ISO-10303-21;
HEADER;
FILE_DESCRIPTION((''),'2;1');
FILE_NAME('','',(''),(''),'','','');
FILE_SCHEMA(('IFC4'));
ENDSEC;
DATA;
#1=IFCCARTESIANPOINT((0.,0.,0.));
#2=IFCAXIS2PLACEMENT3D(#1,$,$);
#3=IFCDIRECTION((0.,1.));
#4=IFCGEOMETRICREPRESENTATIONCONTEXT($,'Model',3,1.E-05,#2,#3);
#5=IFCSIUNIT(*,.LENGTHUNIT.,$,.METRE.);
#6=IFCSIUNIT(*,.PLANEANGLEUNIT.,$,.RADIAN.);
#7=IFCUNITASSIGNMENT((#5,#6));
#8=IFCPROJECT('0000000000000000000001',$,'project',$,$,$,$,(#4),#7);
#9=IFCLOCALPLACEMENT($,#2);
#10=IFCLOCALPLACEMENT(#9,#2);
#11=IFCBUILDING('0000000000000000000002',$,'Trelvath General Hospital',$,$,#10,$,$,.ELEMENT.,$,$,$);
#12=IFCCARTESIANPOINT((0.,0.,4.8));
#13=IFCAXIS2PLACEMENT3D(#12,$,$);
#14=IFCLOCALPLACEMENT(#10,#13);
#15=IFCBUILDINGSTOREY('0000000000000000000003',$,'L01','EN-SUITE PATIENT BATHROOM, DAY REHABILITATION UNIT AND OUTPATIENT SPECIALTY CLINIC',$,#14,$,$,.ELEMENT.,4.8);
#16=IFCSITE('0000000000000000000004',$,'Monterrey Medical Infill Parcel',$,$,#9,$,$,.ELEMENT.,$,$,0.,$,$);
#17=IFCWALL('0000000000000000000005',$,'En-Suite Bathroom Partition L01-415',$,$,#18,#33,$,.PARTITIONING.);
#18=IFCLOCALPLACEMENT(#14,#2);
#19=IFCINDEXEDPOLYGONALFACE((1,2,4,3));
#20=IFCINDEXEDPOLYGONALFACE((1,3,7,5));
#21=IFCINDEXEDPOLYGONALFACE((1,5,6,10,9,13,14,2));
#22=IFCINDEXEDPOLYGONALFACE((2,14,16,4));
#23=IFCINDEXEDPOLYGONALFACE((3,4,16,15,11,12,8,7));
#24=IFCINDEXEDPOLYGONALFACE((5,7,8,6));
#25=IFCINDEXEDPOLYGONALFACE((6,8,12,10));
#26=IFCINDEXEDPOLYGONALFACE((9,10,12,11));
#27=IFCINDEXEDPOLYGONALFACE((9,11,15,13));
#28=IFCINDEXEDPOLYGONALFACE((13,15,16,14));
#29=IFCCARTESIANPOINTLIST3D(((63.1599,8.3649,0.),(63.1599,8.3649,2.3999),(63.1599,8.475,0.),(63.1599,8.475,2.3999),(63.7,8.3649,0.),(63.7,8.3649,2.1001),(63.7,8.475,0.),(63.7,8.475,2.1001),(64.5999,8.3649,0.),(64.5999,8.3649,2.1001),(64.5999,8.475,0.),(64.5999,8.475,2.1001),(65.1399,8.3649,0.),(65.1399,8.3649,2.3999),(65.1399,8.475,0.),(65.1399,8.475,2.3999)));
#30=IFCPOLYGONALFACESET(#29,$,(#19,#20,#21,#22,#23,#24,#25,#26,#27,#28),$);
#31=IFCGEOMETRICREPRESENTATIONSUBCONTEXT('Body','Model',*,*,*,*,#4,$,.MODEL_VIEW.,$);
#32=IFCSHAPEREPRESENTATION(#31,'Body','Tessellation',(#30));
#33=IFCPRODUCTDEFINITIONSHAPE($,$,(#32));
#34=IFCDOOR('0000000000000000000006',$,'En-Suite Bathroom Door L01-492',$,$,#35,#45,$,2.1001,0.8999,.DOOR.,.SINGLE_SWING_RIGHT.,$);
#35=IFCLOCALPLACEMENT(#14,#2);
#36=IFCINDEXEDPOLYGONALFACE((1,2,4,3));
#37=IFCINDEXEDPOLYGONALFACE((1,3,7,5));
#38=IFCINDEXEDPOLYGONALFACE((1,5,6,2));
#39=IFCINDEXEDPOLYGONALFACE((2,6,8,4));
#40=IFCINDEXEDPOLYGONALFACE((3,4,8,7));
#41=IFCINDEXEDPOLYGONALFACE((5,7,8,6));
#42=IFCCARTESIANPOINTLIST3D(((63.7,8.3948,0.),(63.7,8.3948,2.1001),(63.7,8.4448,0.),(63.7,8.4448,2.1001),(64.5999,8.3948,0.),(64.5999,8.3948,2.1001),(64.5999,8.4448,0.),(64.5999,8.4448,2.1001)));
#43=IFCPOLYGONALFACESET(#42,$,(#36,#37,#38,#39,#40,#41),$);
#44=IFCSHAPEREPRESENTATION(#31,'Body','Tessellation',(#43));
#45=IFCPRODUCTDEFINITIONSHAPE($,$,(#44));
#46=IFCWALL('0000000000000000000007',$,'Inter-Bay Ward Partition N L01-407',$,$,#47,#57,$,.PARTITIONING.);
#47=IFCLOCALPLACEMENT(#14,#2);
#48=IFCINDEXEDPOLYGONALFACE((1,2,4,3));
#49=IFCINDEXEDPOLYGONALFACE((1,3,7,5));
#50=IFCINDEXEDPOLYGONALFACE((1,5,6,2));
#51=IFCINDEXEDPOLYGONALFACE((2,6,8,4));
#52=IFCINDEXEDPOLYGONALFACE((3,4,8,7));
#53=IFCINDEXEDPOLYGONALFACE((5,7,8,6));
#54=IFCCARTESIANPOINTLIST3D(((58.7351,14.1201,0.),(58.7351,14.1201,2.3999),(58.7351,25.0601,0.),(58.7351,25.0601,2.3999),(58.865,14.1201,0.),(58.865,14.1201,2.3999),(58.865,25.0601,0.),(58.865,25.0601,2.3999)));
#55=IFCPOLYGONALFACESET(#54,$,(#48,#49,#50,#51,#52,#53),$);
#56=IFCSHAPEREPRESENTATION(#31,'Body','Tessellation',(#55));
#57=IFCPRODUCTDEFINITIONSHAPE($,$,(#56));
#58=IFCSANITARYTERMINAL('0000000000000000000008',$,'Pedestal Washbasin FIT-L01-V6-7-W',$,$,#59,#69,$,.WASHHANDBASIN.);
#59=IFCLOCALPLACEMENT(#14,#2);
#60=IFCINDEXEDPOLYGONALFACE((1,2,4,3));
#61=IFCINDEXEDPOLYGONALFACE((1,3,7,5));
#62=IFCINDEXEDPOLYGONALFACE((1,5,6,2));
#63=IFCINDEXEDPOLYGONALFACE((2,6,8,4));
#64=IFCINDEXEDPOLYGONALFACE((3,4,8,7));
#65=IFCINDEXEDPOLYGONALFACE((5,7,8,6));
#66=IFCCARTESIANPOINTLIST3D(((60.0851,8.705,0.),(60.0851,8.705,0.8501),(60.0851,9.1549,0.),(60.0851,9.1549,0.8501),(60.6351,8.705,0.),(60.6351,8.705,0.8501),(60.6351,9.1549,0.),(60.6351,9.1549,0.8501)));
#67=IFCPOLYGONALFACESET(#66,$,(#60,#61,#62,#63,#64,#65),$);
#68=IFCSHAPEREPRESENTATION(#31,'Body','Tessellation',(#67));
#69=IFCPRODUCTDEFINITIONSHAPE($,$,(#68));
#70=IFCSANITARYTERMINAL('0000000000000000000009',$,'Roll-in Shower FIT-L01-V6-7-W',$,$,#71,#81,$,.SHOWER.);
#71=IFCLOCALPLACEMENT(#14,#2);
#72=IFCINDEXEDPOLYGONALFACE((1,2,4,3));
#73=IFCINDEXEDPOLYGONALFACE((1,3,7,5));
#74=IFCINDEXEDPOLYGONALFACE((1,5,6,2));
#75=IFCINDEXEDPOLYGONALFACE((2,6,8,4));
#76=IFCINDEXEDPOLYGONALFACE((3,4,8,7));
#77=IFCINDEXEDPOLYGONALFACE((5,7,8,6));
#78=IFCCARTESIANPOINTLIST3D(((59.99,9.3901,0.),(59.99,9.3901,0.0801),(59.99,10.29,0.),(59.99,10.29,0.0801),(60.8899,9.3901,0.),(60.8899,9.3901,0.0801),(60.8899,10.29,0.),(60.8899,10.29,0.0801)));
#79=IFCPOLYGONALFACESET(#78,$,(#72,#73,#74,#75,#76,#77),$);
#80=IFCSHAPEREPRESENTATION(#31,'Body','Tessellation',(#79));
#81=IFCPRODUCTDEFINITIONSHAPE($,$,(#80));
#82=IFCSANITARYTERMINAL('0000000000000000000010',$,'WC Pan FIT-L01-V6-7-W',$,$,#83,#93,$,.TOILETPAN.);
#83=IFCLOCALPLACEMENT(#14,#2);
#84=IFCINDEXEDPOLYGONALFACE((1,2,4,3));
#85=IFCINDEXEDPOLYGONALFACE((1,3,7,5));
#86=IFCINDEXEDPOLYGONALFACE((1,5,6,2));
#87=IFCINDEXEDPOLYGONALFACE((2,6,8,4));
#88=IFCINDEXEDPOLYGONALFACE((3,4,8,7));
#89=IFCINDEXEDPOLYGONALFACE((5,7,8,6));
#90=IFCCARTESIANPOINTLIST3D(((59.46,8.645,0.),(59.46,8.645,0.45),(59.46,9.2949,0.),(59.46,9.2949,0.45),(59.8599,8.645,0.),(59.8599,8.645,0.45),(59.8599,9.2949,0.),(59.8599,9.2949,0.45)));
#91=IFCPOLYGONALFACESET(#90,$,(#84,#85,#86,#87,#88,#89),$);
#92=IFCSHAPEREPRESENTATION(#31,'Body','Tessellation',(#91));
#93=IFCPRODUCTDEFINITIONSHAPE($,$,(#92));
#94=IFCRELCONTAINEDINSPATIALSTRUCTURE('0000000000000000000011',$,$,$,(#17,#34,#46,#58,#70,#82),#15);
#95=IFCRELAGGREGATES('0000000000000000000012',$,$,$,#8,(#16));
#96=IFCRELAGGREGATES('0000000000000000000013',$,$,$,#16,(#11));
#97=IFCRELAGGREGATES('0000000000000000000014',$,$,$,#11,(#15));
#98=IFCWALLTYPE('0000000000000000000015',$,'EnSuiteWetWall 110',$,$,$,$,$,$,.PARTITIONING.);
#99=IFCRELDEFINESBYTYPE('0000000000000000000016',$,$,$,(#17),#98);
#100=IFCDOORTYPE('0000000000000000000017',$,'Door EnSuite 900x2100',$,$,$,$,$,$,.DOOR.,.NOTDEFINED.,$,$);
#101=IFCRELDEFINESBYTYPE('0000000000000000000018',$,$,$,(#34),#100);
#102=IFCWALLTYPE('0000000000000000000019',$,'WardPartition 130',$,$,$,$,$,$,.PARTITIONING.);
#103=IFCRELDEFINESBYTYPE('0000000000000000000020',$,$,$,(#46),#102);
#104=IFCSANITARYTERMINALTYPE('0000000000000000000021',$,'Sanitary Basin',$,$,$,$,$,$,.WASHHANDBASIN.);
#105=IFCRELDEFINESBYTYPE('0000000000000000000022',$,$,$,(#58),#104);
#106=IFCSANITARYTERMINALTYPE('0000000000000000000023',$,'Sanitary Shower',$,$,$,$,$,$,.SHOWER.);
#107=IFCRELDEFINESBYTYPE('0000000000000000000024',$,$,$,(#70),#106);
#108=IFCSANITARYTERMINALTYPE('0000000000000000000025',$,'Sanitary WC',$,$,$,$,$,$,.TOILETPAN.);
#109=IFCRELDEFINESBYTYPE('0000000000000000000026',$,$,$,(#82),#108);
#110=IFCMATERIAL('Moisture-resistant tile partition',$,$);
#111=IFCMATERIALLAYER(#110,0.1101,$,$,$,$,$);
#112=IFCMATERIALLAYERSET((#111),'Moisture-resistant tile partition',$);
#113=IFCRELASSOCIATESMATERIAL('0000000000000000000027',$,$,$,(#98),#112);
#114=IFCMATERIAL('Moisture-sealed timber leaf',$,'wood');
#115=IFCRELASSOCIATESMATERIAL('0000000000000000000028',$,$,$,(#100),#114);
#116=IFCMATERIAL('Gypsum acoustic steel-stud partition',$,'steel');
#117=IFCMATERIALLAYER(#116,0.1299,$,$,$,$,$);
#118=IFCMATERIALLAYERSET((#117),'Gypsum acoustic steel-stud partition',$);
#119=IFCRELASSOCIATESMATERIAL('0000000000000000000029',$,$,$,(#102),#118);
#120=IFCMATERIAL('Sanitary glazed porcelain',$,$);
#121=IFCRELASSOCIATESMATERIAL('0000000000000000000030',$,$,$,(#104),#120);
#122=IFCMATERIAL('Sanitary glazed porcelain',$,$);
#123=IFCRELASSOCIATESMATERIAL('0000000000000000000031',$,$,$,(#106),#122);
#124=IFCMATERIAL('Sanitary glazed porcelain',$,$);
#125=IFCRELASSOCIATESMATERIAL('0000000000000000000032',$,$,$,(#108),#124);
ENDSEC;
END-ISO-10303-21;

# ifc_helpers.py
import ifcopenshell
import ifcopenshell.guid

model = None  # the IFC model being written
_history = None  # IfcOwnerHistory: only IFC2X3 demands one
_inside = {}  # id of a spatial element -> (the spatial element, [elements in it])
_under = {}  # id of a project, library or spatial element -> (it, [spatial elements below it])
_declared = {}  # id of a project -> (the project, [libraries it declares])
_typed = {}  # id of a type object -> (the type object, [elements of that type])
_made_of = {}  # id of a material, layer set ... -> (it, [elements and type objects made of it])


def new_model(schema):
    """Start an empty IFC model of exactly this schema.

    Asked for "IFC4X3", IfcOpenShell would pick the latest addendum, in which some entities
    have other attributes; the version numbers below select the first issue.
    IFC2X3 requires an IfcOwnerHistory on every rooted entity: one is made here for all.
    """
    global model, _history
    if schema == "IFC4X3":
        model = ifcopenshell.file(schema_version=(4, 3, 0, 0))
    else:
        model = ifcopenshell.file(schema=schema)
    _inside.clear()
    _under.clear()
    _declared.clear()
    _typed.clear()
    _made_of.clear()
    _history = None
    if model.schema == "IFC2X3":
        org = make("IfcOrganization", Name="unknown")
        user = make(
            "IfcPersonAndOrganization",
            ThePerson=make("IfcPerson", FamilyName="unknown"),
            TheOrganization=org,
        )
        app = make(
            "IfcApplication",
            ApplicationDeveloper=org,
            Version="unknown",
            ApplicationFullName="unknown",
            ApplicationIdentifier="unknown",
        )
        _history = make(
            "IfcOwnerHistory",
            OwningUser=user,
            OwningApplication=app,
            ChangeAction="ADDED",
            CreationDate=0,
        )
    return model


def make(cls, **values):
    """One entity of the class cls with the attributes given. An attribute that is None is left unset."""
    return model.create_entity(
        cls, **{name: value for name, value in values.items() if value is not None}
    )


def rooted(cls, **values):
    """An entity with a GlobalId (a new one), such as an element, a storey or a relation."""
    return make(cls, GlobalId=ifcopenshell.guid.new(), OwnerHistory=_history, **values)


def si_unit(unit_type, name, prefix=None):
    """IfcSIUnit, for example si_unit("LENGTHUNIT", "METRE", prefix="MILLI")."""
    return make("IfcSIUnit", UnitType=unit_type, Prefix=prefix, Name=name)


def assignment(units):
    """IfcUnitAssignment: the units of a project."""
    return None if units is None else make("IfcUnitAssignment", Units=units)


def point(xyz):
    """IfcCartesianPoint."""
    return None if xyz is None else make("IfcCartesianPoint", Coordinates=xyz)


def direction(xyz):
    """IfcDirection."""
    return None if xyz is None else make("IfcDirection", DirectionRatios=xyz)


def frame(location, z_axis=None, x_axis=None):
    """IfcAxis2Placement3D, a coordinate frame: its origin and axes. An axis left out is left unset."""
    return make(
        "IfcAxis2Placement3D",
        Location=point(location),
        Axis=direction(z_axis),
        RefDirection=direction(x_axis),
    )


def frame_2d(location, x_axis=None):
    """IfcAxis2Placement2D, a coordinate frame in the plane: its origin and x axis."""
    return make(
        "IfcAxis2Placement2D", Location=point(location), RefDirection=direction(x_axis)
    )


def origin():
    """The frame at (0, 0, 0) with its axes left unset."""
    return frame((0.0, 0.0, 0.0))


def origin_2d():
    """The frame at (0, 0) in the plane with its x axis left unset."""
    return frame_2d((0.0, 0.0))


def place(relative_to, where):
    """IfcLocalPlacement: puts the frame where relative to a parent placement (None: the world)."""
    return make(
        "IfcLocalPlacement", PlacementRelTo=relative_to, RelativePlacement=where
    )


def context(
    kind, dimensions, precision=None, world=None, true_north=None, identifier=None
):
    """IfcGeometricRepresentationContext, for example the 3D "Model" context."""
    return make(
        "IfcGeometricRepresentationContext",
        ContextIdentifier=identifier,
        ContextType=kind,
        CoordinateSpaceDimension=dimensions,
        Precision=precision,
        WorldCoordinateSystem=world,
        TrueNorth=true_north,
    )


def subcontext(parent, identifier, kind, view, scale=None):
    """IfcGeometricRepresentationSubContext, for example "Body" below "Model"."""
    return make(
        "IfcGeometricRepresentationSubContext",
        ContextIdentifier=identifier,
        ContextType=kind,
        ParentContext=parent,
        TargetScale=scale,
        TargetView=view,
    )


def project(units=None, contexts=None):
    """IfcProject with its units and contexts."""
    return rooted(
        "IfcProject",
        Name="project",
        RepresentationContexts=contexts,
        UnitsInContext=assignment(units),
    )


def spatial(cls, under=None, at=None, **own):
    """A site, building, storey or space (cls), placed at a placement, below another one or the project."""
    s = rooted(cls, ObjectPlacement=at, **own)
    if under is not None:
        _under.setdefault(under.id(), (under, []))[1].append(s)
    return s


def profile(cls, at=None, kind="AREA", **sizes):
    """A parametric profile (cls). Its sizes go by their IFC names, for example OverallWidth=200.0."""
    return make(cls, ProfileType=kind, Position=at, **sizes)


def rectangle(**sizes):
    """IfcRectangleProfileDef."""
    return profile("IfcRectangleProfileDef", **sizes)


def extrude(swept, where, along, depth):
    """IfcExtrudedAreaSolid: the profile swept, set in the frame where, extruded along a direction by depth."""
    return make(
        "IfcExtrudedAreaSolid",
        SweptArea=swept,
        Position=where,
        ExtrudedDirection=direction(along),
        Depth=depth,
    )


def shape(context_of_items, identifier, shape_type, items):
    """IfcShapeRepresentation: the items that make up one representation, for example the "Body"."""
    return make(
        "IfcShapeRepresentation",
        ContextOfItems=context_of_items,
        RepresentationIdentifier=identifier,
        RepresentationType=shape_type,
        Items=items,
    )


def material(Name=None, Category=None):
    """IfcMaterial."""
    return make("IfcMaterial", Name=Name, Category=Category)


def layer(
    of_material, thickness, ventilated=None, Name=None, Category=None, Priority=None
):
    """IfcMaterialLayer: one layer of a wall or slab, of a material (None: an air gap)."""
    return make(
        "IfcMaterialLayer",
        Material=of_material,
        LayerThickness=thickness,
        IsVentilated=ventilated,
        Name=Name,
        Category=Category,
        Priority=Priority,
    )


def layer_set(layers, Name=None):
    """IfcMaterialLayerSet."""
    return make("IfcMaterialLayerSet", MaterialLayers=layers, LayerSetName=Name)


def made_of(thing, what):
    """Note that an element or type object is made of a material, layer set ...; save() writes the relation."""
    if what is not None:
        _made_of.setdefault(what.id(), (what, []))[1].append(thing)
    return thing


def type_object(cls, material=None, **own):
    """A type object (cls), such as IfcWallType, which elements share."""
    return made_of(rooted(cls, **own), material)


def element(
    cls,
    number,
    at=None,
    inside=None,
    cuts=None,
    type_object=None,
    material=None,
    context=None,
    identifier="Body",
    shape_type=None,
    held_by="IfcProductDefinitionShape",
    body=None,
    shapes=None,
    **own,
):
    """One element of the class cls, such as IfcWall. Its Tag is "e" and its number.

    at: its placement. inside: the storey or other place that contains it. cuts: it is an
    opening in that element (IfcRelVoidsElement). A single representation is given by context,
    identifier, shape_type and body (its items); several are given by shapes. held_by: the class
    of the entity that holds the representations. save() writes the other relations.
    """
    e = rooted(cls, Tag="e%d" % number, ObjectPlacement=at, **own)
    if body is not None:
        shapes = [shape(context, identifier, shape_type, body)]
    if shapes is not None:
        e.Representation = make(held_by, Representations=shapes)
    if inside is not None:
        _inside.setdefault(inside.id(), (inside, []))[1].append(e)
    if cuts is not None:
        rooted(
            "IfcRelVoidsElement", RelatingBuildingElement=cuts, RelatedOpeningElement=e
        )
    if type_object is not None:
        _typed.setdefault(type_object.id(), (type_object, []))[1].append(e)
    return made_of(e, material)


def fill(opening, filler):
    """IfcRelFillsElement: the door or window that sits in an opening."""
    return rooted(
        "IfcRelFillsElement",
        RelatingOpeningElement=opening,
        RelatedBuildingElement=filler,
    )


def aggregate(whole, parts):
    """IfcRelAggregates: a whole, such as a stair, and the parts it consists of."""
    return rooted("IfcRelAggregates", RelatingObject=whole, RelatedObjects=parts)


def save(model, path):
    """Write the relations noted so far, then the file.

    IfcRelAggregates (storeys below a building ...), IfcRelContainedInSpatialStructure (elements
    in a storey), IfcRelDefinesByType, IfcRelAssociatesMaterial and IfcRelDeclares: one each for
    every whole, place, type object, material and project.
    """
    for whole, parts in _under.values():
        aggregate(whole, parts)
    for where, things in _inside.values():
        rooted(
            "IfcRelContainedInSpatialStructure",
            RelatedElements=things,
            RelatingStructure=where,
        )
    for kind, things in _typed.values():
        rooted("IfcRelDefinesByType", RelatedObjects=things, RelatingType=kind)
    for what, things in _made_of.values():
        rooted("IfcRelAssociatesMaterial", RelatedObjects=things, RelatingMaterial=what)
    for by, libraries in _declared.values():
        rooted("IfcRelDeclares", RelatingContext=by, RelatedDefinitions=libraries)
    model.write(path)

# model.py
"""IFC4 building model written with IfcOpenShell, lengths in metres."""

from ifc_helpers import new_model, si_unit, direction, frame, frame_2d, origin, origin_2d, place, context, subcontext, project, spatial, rectangle, extrude, material, layer, layer_set, type_object, element, fill, save


model = new_model("IFC4")

# Units and contexts
model_context = context("Model", 3, precision=1e-05, world=origin(), true_north=direction((0.0, 1.0)))
body_context = subcontext(model_context, "Body", "Model", "MODEL_VIEW")
ifc_project = project(units=[si_unit("LENGTHUNIT", "METRE"), si_unit("PLANEANGLEUNIT", "RADIAN")], contexts=[model_context])

# Site, building, storey
site_placement = place(None, origin())
site = spatial("IfcSite", under=ifc_project, at=site_placement, Name="Monterrey Medical Infill Parcel", CompositionType="ELEMENT", RefElevation=0.0)
building_placement = place(site_placement, origin())
building = spatial("IfcBuilding", under=site, at=building_placement, Name="Trelvath General Hospital", CompositionType="ELEMENT")
storey_placement = place(building_placement, frame((0.0, 0.0, 4.8)))
storey = spatial("IfcBuildingStorey", under=building, at=storey_placement, Name="L01", Description="EN-SUITE PATIENT BATHROOM, DAY REHABILITATION UNIT AND OUTPATIENT SPECIALTY CLINIC", CompositionType="ELEMENT", Elevation=4.8)

# Shared definitions
ifc_material_1 = material(Name="Moisture-resistant tile partition")
ifc_layer_1 = layer(ifc_material_1, 0.1101)
ifc_layer_set_1 = layer_set([ifc_layer_1], Name="Moisture-resistant tile partition")
wall_type_1 = type_object("IfcWallType", Name="EnSuiteWetWall 110", PredefinedType="PARTITIONING", material=ifc_layer_set_1)

# Shared definitions
ifc_material_2 = material(Name="Moisture-sealed timber leaf", Category="wood")
door_type_1 = type_object("IfcDoorType", Name="Door EnSuite 900x2100", OperationType="NOTDEFINED", PredefinedType="DOOR", material=ifc_material_2)

# Wall, opening, door
wall_1_placement = place(storey_placement, frame((63.1599, 8.4199, 0.0), z_axis=(0.0, 0.0, 1.0), x_axis=(1.0, 0.0, 0.0)))
wall_1 = element("IfcWall", 1, at=wall_1_placement, inside=storey, type_object=wall_type_1, Name="En-Suite Bathroom Partition L01-415", PredefinedType="PARTITIONING", context=body_context, shape_type="SweptSolid", body=[
    extrude(rectangle(XDim=1.98, YDim=0.1101, at=frame_2d((0.99, 0.0))), origin(), (0.0, 0.0, 1.0), 2.3999),
])
opening_1_placement = place(wall_1_placement, frame((0.54, 0.0, 0.0)))
opening_1 = element("IfcOpeningElement", 2, at=opening_1_placement, cuts=wall_1, PredefinedType="OPENING", context=body_context, shape_type="SweptSolid", body=[
    extrude(rectangle(XDim=0.8999, YDim=2.1001, at=frame_2d((0.45, 1.05))), frame((0.0, 0.0649, 0.0), z_axis=(0.0, -1.0, 0.0), x_axis=(1.0, 0.0, 0.0)), (0.0, 0.0, 1.0), 0.1301),
])
door_1_placement = place(opening_1_placement, origin())
door_1 = element("IfcDoor", 3, at=door_1_placement, inside=storey, type_object=door_type_1, Name="En-Suite Bathroom Door L01-492", OperationType="SINGLE_SWING_RIGHT", OverallHeight=2.1001, OverallWidth=0.8999, PredefinedType="DOOR", context=body_context, shape_type="SweptSolid", body=[
    extrude(rectangle(XDim=0.8999, YDim=2.1001, at=frame_2d((0.45, 1.05))), frame((0.0, 0.0249, 0.0), z_axis=(0.0, -1.0, 0.0), x_axis=(1.0, 0.0, 0.0)), (0.0, 0.0, 1.0), 0.05),
])
fill(opening_1, door_1)

# Wall
ifc_material_3 = material(Name="Gypsum acoustic steel-stud partition", Category="steel")
ifc_layer_2 = layer(ifc_material_3, 0.1299)
ifc_layer_set_2 = layer_set([ifc_layer_2], Name="Gypsum acoustic steel-stud partition")
wall_type_2 = type_object("IfcWallType", Name="WardPartition 130", PredefinedType="PARTITIONING", material=ifc_layer_set_2)
wall_2_placement = place(storey_placement, frame((58.8, 14.1201, 0.0), z_axis=(0.0, 0.0, 1.0), x_axis=(0.0, 1.0, 0.0)))
element("IfcWall", 4, at=wall_2_placement, inside=storey, type_object=wall_type_2, Name="Inter-Bay Ward Partition N L01-407", PredefinedType="PARTITIONING", context=body_context, shape_type="SweptSolid", body=[
    extrude(rectangle(XDim=10.9399, YDim=0.1299, at=frame_2d((5.47, 0.0))), origin(), (0.0, 0.0, 1.0), 2.3999),
])

# Sanitary terminals
ifc_material_4 = material(Name="Sanitary glazed porcelain")
sanitary_terminal_type_1 = type_object("IfcSanitaryTerminalType", Name="Sanitary Basin", PredefinedType="WASHHANDBASIN", material=ifc_material_4)
sanitary_terminal_1_placement = place(storey_placement, frame((60.3601, 8.9299, 0.0), z_axis=(0.0, 0.0, 1.0), x_axis=(1.0, 0.0, 0.0)))
element("IfcSanitaryTerminal", 5, at=sanitary_terminal_1_placement, inside=storey, type_object=sanitary_terminal_type_1, Name="Pedestal Washbasin FIT-L01-V6-7-W", PredefinedType="WASHHANDBASIN", context=body_context, shape_type="SweptSolid", body=[
    extrude(rectangle(XDim=0.55, YDim=0.45, at=origin_2d()), origin(), (0.0, 0.0, 1.0), 0.8501),
])
ifc_material_5 = material(Name="Sanitary glazed porcelain")
sanitary_terminal_type_2 = type_object("IfcSanitaryTerminalType", Name="Sanitary Shower", PredefinedType="SHOWER", material=ifc_material_5)
sanitary_terminal_2_placement = place(storey_placement, frame((60.4399, 9.8401, 0.0), z_axis=(0.0, 0.0, 1.0), x_axis=(1.0, 0.0, 0.0)))
element("IfcSanitaryTerminal", 6, at=sanitary_terminal_2_placement, inside=storey, type_object=sanitary_terminal_type_2, Name="Roll-in Shower FIT-L01-V6-7-W", PredefinedType="SHOWER", context=body_context, shape_type="SweptSolid", body=[
    extrude(rectangle(XDim=0.8999, YDim=0.8999, at=origin_2d()), origin(), (0.0, 0.0, 1.0), 0.0801),
])
ifc_material_6 = material(Name="Sanitary glazed porcelain")
sanitary_terminal_type_3 = type_object("IfcSanitaryTerminalType", Name="Sanitary WC", PredefinedType="TOILETPAN", material=ifc_material_6)
sanitary_terminal_3_placement = place(storey_placement, frame((59.6599, 8.97, 0.0), z_axis=(0.0, 0.0, 1.0), x_axis=(1.0, 0.0, 0.0)))
element("IfcSanitaryTerminal", 7, at=sanitary_terminal_3_placement, inside=storey, type_object=sanitary_terminal_type_3, Name="WC Pan FIT-L01-V6-7-W", PredefinedType="TOILETPAN", context=body_context, shape_type="SweptSolid", body=[
    extrude(rectangle(XDim=0.3999, YDim=0.6499, at=origin_2d()), origin(), (0.0, 0.0, 1.0), 0.45),
])

save(model, "model.ifc")
